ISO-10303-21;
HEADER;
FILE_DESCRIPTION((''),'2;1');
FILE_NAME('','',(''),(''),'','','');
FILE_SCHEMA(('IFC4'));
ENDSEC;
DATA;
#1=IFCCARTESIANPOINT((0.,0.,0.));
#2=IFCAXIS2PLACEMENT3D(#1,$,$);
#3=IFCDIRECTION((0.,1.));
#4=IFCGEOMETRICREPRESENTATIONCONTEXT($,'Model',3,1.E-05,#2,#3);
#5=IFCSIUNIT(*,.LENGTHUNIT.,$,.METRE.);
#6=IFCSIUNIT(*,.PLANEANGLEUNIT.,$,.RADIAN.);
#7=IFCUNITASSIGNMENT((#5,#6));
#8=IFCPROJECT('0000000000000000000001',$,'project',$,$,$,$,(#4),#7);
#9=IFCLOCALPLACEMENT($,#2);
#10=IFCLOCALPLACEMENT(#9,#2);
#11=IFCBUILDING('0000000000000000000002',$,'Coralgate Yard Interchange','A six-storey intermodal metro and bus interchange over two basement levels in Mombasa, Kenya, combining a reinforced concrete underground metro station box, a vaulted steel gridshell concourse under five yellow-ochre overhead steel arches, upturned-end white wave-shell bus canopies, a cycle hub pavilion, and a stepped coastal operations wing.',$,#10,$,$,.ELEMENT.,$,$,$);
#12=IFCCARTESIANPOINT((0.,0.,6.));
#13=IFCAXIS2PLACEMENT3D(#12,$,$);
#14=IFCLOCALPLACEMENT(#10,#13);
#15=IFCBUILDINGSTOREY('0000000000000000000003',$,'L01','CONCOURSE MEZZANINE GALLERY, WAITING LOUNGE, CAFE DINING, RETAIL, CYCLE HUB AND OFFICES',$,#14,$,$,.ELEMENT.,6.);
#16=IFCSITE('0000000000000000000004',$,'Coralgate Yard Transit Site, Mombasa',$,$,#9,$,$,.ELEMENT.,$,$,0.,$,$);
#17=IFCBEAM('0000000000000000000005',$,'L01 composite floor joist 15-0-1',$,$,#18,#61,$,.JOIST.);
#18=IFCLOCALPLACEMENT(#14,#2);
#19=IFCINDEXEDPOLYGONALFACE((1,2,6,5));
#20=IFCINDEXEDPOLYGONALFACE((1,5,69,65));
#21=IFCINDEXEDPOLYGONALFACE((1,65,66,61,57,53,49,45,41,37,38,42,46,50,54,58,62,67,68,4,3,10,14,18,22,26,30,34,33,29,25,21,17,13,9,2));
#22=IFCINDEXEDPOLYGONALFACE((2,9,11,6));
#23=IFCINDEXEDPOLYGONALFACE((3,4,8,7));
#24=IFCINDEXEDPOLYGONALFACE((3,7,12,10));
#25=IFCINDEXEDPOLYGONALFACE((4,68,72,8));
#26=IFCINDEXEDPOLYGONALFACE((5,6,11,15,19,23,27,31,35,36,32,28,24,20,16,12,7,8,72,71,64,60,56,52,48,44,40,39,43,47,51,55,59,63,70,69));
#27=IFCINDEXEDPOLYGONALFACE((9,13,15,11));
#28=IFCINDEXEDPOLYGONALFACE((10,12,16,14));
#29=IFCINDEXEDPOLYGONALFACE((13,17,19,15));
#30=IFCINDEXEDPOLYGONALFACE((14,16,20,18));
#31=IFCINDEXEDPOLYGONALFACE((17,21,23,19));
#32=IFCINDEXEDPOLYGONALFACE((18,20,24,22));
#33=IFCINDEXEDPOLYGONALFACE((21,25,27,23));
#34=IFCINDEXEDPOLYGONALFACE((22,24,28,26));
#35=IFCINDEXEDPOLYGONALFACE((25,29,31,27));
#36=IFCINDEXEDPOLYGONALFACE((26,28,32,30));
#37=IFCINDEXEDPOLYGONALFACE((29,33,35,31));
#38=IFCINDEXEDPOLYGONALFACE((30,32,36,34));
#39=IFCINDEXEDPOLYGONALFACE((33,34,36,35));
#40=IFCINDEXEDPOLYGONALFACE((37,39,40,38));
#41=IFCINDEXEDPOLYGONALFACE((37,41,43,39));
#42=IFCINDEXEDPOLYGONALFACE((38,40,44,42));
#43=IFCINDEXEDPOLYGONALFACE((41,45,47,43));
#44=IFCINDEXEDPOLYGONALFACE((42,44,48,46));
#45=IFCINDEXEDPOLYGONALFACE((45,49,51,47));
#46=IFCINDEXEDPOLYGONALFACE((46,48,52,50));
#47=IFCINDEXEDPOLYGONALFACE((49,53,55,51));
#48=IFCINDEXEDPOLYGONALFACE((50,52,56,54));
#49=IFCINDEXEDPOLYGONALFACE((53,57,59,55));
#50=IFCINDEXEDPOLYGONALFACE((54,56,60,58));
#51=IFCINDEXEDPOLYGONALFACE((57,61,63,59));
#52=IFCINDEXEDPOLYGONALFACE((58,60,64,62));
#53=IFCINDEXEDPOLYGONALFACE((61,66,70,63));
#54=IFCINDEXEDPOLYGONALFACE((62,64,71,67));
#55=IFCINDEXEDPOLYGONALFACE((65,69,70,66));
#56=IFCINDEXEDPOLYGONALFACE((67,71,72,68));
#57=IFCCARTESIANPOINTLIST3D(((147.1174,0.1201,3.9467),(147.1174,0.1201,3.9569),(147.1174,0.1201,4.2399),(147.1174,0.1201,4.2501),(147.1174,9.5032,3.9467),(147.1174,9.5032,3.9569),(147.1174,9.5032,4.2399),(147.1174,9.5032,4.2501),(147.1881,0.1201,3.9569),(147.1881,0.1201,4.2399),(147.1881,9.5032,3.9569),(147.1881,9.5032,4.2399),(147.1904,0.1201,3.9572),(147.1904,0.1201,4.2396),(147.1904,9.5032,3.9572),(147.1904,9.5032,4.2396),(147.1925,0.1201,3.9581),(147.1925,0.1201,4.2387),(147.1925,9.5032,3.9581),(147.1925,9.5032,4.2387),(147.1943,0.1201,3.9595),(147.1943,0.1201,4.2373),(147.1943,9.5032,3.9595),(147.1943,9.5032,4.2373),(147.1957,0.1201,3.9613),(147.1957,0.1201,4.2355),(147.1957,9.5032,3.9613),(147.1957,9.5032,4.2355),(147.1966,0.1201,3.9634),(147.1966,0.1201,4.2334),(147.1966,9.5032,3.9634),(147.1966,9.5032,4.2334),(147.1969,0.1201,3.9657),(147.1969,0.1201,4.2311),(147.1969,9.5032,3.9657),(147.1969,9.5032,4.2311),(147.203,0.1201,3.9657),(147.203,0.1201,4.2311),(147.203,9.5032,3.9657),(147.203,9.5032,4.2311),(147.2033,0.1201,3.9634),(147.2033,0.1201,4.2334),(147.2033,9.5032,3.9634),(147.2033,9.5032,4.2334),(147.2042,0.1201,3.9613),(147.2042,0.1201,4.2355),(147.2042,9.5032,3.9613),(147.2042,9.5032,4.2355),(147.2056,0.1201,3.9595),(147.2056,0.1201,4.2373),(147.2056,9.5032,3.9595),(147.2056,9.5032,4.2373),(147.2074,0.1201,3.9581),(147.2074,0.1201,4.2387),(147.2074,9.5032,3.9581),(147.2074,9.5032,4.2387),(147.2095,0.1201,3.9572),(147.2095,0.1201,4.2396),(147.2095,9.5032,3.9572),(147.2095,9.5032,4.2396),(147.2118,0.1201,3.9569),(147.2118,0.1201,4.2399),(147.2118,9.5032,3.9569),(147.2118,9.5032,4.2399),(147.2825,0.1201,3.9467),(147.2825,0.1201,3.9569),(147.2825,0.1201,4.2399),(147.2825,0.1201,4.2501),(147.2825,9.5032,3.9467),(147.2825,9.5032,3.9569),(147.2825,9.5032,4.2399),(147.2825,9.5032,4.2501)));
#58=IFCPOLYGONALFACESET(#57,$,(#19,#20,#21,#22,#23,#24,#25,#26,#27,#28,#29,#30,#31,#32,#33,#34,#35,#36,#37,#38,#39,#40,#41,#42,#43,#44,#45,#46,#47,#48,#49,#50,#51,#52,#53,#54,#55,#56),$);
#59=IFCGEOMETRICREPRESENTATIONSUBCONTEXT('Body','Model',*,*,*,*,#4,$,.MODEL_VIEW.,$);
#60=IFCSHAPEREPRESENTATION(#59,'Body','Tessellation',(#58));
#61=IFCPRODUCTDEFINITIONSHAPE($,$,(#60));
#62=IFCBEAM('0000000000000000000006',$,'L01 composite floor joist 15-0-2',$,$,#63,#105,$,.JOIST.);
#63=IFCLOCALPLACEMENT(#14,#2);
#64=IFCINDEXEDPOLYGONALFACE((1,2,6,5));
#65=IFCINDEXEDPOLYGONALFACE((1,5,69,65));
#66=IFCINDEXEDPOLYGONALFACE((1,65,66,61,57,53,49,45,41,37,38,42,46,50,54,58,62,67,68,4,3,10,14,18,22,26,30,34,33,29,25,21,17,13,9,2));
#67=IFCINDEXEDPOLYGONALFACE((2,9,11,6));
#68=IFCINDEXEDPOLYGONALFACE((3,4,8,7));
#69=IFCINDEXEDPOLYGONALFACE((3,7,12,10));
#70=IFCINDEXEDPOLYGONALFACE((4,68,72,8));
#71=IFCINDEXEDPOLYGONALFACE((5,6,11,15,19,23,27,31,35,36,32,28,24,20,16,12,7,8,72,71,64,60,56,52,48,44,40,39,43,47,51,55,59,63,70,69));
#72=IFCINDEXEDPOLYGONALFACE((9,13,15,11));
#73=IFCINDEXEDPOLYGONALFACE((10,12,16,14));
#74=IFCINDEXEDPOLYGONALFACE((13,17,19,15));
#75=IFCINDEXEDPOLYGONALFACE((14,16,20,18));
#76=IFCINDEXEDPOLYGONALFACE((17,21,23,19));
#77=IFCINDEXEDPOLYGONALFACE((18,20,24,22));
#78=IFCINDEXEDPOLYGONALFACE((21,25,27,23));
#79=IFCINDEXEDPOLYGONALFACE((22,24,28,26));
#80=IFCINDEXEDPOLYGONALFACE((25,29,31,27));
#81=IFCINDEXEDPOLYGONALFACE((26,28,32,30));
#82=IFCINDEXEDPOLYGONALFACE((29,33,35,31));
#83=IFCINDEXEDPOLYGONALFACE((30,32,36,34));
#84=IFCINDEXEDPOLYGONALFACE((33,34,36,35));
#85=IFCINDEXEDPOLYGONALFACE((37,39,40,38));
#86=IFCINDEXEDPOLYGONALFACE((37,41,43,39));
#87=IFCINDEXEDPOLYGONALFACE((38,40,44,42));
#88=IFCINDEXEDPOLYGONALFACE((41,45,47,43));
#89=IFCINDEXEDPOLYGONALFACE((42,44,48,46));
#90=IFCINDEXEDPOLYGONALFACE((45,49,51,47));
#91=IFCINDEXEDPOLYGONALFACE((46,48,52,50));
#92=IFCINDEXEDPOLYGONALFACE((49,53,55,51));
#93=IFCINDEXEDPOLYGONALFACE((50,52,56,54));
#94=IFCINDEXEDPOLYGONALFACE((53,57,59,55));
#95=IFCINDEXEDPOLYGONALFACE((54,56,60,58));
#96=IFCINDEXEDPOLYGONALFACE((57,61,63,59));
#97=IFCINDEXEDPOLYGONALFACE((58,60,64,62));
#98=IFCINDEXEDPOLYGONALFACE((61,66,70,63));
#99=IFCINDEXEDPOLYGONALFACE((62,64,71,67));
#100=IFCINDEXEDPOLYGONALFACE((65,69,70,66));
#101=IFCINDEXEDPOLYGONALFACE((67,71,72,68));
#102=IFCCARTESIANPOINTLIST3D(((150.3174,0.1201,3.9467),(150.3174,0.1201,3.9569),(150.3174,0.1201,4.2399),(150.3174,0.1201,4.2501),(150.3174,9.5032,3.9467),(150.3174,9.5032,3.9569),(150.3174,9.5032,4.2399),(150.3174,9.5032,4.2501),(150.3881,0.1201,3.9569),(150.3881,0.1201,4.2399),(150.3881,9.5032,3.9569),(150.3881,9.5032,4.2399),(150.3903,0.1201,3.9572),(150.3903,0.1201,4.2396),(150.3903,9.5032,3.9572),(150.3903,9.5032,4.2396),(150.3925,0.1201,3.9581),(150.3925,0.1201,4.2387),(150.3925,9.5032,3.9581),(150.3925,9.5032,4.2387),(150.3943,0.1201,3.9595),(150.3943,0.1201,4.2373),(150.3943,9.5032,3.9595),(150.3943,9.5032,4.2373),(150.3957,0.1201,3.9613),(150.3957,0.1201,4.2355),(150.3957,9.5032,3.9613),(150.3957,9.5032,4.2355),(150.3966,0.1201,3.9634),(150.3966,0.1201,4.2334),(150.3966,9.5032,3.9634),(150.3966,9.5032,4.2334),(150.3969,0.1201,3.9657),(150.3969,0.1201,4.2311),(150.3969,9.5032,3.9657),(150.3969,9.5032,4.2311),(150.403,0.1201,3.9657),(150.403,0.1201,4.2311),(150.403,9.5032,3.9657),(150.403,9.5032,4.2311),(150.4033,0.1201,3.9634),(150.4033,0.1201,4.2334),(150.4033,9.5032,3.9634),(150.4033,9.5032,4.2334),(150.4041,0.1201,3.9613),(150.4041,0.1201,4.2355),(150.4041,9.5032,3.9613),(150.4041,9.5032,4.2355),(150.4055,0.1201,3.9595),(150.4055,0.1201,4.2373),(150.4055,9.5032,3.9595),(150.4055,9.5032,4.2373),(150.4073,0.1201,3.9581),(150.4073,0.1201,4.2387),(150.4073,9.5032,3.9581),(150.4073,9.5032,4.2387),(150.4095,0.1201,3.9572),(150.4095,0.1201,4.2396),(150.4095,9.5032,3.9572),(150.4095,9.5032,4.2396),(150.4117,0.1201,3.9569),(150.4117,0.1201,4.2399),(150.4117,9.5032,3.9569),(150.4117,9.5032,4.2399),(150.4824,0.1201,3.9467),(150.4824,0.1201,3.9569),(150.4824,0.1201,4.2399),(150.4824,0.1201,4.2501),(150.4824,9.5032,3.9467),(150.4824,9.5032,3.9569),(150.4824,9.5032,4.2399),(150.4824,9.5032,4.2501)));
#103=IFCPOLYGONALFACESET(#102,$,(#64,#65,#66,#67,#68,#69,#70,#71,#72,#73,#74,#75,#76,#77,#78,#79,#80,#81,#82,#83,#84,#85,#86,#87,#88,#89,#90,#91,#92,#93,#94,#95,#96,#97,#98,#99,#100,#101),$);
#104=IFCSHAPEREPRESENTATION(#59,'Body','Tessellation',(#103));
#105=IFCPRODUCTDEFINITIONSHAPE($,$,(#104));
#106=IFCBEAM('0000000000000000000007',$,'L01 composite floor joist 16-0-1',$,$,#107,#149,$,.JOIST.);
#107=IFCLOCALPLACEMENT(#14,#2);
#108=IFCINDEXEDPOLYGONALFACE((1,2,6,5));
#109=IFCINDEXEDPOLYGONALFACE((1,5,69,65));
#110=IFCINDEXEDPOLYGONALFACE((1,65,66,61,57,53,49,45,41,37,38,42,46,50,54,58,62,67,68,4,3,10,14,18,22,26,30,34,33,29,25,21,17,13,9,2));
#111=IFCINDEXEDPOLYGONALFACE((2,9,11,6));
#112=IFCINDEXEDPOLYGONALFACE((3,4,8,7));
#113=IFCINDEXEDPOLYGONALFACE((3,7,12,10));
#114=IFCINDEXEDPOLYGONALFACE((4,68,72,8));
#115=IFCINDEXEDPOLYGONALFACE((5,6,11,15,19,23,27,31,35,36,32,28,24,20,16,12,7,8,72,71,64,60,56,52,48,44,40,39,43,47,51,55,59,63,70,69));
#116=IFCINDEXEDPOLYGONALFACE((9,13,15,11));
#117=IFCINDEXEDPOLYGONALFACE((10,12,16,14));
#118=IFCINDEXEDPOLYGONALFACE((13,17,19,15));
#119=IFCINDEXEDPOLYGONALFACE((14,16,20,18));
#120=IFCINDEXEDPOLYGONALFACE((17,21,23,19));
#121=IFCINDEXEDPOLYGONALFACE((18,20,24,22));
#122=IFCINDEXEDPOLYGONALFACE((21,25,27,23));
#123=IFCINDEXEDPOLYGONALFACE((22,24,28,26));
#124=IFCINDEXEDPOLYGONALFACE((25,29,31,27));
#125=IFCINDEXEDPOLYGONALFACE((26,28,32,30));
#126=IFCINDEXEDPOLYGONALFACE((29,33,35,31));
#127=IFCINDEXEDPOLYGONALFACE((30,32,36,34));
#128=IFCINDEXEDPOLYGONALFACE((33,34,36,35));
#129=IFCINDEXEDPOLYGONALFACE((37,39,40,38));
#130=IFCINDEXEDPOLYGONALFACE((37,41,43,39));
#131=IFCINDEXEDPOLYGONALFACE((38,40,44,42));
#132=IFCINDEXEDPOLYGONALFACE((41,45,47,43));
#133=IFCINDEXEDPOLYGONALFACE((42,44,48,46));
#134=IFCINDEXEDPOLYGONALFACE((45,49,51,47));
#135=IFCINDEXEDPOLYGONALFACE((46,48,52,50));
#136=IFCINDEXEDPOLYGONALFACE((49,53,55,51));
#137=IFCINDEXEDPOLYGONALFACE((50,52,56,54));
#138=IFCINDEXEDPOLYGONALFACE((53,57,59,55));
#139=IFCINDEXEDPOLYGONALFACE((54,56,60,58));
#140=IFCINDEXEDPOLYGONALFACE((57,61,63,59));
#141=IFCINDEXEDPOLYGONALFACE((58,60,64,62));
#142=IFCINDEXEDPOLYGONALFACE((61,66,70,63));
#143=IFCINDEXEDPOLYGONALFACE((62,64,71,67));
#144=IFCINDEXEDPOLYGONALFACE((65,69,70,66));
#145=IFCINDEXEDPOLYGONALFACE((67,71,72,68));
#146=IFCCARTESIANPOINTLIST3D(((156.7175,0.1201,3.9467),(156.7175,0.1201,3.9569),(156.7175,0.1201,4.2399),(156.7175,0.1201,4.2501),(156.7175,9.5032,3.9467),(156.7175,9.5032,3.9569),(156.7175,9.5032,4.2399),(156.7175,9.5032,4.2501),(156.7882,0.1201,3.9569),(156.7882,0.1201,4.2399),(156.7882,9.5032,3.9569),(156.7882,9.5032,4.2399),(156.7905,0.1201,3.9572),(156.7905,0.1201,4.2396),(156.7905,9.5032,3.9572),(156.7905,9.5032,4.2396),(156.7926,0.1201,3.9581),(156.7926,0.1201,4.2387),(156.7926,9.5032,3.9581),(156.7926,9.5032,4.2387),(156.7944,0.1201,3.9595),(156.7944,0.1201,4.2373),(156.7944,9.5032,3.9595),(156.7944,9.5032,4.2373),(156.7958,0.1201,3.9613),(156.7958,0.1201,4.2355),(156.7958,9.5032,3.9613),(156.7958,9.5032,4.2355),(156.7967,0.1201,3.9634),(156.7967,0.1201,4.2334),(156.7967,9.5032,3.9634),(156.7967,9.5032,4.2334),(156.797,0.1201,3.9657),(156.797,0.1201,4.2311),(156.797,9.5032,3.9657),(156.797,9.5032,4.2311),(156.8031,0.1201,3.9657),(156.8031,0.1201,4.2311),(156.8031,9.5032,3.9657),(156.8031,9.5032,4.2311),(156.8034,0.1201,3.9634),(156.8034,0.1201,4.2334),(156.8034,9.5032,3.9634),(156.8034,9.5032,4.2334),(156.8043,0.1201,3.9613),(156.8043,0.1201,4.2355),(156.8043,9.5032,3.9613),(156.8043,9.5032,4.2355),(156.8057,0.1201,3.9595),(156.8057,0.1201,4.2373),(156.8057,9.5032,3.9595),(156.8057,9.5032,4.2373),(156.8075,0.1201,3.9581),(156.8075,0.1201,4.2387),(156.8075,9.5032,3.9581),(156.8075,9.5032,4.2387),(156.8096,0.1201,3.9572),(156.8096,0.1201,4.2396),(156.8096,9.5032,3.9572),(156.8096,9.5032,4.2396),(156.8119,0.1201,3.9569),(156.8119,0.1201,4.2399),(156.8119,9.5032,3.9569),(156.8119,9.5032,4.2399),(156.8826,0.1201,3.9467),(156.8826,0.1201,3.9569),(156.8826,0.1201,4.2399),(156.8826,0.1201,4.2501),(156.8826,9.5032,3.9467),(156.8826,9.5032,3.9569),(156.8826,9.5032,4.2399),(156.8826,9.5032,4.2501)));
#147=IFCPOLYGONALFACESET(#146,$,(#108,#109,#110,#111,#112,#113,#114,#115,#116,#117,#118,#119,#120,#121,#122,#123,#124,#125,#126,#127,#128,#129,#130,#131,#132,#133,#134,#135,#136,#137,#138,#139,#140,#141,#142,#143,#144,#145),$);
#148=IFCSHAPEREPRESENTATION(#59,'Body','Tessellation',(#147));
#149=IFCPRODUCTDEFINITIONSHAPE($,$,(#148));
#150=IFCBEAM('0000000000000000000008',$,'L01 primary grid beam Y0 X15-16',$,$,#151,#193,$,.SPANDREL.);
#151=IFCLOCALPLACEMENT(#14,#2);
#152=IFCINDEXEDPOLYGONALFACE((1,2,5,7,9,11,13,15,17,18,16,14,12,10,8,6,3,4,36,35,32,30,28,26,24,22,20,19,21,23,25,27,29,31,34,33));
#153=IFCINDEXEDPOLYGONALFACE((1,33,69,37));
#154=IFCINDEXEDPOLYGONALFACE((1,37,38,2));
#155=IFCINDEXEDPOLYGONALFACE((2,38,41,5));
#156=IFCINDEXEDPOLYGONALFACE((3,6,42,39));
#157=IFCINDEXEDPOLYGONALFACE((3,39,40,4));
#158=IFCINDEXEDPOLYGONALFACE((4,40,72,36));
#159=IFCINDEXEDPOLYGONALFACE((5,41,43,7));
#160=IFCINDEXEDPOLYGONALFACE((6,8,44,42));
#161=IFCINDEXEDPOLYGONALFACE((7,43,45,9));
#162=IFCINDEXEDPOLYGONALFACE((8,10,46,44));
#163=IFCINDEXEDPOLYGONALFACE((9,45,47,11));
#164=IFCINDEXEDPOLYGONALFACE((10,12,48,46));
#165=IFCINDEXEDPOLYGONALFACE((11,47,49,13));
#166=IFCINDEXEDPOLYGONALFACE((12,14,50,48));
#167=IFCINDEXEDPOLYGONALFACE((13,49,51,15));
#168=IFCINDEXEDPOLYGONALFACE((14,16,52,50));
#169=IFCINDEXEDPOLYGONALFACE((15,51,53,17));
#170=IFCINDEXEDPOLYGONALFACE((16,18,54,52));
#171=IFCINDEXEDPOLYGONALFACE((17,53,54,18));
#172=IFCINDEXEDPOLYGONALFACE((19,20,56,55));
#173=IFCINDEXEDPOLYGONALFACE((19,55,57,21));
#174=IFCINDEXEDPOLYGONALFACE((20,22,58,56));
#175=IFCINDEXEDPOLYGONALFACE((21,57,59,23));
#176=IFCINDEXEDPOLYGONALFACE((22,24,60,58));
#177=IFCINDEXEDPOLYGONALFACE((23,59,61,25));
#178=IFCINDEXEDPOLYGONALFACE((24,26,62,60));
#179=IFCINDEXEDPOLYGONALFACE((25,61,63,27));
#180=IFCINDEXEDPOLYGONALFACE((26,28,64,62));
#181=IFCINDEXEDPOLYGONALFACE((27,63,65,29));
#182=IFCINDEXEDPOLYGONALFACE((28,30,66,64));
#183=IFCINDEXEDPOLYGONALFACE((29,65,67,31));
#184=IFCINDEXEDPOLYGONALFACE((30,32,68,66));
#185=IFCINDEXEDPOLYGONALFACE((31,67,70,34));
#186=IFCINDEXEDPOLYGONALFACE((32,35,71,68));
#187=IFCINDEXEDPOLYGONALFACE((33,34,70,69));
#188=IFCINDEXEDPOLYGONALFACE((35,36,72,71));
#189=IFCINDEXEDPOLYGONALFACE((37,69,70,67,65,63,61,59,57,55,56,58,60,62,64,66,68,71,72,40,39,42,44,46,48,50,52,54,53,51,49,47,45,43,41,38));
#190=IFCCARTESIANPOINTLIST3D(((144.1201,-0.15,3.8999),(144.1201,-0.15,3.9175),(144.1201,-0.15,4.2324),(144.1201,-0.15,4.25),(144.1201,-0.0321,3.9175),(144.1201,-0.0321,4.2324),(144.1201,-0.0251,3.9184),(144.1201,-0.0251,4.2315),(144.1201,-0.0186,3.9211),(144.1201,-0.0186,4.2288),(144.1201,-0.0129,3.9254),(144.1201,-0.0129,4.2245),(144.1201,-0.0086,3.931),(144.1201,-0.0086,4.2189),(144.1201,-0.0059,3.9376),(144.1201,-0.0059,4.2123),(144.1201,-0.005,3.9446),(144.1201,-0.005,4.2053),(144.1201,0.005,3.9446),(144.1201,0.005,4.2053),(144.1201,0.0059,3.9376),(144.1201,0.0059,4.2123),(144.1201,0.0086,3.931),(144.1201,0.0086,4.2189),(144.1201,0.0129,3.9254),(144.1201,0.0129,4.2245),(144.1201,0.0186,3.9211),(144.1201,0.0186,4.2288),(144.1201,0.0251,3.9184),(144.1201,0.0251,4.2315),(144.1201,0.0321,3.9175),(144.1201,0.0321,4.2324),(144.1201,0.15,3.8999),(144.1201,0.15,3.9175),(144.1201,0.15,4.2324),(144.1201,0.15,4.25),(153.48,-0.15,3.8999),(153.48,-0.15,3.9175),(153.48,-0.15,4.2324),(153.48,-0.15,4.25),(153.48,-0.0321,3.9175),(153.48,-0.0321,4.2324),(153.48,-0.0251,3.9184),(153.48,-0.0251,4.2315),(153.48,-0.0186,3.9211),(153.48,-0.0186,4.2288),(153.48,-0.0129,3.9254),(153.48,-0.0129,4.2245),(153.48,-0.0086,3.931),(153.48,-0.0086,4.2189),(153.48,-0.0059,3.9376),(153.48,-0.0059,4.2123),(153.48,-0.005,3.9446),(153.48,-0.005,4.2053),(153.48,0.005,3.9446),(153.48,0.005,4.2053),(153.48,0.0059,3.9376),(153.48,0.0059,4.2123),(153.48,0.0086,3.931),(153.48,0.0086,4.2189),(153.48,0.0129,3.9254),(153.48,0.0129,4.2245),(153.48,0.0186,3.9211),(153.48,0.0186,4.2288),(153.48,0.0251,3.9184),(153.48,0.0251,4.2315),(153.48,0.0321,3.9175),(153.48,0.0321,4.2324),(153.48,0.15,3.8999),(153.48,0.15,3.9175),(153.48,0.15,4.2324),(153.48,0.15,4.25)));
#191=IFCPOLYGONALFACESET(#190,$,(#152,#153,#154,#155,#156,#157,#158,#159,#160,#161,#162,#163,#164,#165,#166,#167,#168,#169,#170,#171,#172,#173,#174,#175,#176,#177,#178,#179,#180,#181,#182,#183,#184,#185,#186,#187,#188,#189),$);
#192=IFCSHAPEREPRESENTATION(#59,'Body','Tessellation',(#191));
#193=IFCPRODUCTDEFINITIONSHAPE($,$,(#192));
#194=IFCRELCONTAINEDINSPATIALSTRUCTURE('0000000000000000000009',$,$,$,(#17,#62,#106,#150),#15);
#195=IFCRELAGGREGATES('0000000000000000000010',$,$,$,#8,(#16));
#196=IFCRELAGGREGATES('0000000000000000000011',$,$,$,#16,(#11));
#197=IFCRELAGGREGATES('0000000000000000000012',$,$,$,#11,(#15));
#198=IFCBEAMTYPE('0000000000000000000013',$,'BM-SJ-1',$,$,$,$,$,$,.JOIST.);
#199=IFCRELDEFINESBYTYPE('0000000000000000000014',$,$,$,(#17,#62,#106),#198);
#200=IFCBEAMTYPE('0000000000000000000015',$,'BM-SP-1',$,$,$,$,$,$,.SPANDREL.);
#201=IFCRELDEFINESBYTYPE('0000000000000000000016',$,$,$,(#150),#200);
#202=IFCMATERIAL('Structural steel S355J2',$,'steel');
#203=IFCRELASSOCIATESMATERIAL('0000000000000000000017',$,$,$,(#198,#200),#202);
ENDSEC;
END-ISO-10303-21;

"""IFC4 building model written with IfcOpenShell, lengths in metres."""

from ifc_helpers import new_model, si_unit, direction, frame, origin, origin_2d, place, context, subcontext, project, spatial, i_section, extrude, material, material_profile, profile_set, type_object, element, save


model = new_model("IFC4")

# Units and contexts
model_context = context("Model", 3, precision=1e-05, world=origin(), true_north=direction((0.0, 1.0)))
body_context = subcontext(model_context, "Body", "Model", "MODEL_VIEW")
ifc_project = project(units=[si_unit("LENGTHUNIT", "METRE"), si_unit("PLANEANGLEUNIT", "RADIAN")], contexts=[model_context])

# Site, building, storey
site_placement = place(None, origin())
site = spatial("IfcSite", under=ifc_project, at=site_placement, Name="Coralgate Yard Transit Site, Mombasa", CompositionType="ELEMENT", RefElevation=0.0)
building_placement = place(site_placement, origin())
building = spatial("IfcBuilding", under=site, at=building_placement, Name="Coralgate Yard Interchange", Description="A six-storey intermodal metro and bus interchange over two basement levels in Mombasa, Kenya, combining a reinforced concrete underground metro station box, a vaulted steel gridshell concourse under five yellow-ochre overhead steel arches, upturned-end white wave-shell bus canopies, a cycle hub pavilion, and a stepped coastal operations wing.", CompositionType="ELEMENT")
storey_placement = place(building_placement, frame((0.0, 0.0, 6.0)))
storey = spatial("IfcBuildingStorey", under=building, at=storey_placement, Name="L01", Description="CONCOURSE MEZZANINE GALLERY, WAITING LOUNGE, CAFE DINING, RETAIL, CYCLE HUB AND OFFICES", CompositionType="ELEMENT", Elevation=6.0)

# Shared definitions
ifc_material_1 = material(Name="Structural steel S355J2", Category="steel")

# Beams
ifc_material_profile_1 = material_profile(ifc_material_1, i_section(OverallWidth=0.165, OverallDepth=0.3035, WebThickness=0.0061, FlangeThickness=0.0103, FilletRadius=0.0088, at=origin_2d()), Name="UB 305x165x40")
ifc_profile_set_1 = profile_set([ifc_material_profile_1], Name="Structural steel S355J2")
beam_type_1 = type_object("IfcBeamType", Name="BM-SJ-1", PredefinedType="JOIST", material=ifc_profile_set_1)
for number, where, z_axis, x_axis, name in (
    (1, (147.2, 0.1201, 4.0984), (0.0, 1.0, 0.0), (-1.0, 0.0, 0.0), "L01 composite floor joist 15-0-1"),
    (2, (150.3999, 0.1201, 4.0984), (0.0, 1.0, 0.0), (-1.0, 0.0, 0.0), "L01 composite floor joist 15-0-2"),
    (3, (156.8, 0.1201, 4.0984), (0.0, 1.0, 0.0), (-1.0, 0.0, 0.0), "L01 composite floor joist 16-0-1"),
):
    element("IfcBeam", number, at=place(storey_placement, frame(where, z_axis=z_axis, x_axis=x_axis)), inside=storey, type_object=beam_type_1, Name=name, PredefinedType="JOIST", context=body_context, shape_type="SweptSolid", body=[
        extrude(i_section(OverallWidth=0.165, OverallDepth=0.3035, WebThickness=0.0061, FlangeThickness=0.0103, FilletRadius=0.0088, at=origin_2d()), origin(), (0.0, 0.0, 1.0), 9.3831),
    ])
ifc_material_profile_2 = material_profile(ifc_material_1, i_section(OverallWidth=0.3, OverallDepth=0.3501, WebThickness=0.01, FlangeThickness=0.0176, FilletRadius=0.0271, at=origin_2d()), Name="HEA 360")
ifc_profile_set_2 = profile_set([ifc_material_profile_2], Name="Structural steel S355J2")
beam_type_2 = type_object("IfcBeamType", Name="BM-SP-1", PredefinedType="SPANDREL", material=ifc_profile_set_2)
beam_1_placement = place(storey_placement, frame((144.1201, 0.0, 4.075), z_axis=(1.0, 0.0, 0.0), x_axis=(0.0, 1.0, 0.0)))
element("IfcBeam", 4, at=beam_1_placement, inside=storey, type_object=beam_type_2, Name="L01 primary grid beam Y0 X15-16", PredefinedType="SPANDREL", context=body_context, shape_type="SweptSolid", body=[
    extrude(i_section(OverallWidth=0.3, OverallDepth=0.3501, WebThickness=0.01, FlangeThickness=0.0176, FilletRadius=0.0271, at=origin_2d()), origin(), (0.0, 0.0, 1.0), 9.3599),
])

save(model, "model.ifc")
